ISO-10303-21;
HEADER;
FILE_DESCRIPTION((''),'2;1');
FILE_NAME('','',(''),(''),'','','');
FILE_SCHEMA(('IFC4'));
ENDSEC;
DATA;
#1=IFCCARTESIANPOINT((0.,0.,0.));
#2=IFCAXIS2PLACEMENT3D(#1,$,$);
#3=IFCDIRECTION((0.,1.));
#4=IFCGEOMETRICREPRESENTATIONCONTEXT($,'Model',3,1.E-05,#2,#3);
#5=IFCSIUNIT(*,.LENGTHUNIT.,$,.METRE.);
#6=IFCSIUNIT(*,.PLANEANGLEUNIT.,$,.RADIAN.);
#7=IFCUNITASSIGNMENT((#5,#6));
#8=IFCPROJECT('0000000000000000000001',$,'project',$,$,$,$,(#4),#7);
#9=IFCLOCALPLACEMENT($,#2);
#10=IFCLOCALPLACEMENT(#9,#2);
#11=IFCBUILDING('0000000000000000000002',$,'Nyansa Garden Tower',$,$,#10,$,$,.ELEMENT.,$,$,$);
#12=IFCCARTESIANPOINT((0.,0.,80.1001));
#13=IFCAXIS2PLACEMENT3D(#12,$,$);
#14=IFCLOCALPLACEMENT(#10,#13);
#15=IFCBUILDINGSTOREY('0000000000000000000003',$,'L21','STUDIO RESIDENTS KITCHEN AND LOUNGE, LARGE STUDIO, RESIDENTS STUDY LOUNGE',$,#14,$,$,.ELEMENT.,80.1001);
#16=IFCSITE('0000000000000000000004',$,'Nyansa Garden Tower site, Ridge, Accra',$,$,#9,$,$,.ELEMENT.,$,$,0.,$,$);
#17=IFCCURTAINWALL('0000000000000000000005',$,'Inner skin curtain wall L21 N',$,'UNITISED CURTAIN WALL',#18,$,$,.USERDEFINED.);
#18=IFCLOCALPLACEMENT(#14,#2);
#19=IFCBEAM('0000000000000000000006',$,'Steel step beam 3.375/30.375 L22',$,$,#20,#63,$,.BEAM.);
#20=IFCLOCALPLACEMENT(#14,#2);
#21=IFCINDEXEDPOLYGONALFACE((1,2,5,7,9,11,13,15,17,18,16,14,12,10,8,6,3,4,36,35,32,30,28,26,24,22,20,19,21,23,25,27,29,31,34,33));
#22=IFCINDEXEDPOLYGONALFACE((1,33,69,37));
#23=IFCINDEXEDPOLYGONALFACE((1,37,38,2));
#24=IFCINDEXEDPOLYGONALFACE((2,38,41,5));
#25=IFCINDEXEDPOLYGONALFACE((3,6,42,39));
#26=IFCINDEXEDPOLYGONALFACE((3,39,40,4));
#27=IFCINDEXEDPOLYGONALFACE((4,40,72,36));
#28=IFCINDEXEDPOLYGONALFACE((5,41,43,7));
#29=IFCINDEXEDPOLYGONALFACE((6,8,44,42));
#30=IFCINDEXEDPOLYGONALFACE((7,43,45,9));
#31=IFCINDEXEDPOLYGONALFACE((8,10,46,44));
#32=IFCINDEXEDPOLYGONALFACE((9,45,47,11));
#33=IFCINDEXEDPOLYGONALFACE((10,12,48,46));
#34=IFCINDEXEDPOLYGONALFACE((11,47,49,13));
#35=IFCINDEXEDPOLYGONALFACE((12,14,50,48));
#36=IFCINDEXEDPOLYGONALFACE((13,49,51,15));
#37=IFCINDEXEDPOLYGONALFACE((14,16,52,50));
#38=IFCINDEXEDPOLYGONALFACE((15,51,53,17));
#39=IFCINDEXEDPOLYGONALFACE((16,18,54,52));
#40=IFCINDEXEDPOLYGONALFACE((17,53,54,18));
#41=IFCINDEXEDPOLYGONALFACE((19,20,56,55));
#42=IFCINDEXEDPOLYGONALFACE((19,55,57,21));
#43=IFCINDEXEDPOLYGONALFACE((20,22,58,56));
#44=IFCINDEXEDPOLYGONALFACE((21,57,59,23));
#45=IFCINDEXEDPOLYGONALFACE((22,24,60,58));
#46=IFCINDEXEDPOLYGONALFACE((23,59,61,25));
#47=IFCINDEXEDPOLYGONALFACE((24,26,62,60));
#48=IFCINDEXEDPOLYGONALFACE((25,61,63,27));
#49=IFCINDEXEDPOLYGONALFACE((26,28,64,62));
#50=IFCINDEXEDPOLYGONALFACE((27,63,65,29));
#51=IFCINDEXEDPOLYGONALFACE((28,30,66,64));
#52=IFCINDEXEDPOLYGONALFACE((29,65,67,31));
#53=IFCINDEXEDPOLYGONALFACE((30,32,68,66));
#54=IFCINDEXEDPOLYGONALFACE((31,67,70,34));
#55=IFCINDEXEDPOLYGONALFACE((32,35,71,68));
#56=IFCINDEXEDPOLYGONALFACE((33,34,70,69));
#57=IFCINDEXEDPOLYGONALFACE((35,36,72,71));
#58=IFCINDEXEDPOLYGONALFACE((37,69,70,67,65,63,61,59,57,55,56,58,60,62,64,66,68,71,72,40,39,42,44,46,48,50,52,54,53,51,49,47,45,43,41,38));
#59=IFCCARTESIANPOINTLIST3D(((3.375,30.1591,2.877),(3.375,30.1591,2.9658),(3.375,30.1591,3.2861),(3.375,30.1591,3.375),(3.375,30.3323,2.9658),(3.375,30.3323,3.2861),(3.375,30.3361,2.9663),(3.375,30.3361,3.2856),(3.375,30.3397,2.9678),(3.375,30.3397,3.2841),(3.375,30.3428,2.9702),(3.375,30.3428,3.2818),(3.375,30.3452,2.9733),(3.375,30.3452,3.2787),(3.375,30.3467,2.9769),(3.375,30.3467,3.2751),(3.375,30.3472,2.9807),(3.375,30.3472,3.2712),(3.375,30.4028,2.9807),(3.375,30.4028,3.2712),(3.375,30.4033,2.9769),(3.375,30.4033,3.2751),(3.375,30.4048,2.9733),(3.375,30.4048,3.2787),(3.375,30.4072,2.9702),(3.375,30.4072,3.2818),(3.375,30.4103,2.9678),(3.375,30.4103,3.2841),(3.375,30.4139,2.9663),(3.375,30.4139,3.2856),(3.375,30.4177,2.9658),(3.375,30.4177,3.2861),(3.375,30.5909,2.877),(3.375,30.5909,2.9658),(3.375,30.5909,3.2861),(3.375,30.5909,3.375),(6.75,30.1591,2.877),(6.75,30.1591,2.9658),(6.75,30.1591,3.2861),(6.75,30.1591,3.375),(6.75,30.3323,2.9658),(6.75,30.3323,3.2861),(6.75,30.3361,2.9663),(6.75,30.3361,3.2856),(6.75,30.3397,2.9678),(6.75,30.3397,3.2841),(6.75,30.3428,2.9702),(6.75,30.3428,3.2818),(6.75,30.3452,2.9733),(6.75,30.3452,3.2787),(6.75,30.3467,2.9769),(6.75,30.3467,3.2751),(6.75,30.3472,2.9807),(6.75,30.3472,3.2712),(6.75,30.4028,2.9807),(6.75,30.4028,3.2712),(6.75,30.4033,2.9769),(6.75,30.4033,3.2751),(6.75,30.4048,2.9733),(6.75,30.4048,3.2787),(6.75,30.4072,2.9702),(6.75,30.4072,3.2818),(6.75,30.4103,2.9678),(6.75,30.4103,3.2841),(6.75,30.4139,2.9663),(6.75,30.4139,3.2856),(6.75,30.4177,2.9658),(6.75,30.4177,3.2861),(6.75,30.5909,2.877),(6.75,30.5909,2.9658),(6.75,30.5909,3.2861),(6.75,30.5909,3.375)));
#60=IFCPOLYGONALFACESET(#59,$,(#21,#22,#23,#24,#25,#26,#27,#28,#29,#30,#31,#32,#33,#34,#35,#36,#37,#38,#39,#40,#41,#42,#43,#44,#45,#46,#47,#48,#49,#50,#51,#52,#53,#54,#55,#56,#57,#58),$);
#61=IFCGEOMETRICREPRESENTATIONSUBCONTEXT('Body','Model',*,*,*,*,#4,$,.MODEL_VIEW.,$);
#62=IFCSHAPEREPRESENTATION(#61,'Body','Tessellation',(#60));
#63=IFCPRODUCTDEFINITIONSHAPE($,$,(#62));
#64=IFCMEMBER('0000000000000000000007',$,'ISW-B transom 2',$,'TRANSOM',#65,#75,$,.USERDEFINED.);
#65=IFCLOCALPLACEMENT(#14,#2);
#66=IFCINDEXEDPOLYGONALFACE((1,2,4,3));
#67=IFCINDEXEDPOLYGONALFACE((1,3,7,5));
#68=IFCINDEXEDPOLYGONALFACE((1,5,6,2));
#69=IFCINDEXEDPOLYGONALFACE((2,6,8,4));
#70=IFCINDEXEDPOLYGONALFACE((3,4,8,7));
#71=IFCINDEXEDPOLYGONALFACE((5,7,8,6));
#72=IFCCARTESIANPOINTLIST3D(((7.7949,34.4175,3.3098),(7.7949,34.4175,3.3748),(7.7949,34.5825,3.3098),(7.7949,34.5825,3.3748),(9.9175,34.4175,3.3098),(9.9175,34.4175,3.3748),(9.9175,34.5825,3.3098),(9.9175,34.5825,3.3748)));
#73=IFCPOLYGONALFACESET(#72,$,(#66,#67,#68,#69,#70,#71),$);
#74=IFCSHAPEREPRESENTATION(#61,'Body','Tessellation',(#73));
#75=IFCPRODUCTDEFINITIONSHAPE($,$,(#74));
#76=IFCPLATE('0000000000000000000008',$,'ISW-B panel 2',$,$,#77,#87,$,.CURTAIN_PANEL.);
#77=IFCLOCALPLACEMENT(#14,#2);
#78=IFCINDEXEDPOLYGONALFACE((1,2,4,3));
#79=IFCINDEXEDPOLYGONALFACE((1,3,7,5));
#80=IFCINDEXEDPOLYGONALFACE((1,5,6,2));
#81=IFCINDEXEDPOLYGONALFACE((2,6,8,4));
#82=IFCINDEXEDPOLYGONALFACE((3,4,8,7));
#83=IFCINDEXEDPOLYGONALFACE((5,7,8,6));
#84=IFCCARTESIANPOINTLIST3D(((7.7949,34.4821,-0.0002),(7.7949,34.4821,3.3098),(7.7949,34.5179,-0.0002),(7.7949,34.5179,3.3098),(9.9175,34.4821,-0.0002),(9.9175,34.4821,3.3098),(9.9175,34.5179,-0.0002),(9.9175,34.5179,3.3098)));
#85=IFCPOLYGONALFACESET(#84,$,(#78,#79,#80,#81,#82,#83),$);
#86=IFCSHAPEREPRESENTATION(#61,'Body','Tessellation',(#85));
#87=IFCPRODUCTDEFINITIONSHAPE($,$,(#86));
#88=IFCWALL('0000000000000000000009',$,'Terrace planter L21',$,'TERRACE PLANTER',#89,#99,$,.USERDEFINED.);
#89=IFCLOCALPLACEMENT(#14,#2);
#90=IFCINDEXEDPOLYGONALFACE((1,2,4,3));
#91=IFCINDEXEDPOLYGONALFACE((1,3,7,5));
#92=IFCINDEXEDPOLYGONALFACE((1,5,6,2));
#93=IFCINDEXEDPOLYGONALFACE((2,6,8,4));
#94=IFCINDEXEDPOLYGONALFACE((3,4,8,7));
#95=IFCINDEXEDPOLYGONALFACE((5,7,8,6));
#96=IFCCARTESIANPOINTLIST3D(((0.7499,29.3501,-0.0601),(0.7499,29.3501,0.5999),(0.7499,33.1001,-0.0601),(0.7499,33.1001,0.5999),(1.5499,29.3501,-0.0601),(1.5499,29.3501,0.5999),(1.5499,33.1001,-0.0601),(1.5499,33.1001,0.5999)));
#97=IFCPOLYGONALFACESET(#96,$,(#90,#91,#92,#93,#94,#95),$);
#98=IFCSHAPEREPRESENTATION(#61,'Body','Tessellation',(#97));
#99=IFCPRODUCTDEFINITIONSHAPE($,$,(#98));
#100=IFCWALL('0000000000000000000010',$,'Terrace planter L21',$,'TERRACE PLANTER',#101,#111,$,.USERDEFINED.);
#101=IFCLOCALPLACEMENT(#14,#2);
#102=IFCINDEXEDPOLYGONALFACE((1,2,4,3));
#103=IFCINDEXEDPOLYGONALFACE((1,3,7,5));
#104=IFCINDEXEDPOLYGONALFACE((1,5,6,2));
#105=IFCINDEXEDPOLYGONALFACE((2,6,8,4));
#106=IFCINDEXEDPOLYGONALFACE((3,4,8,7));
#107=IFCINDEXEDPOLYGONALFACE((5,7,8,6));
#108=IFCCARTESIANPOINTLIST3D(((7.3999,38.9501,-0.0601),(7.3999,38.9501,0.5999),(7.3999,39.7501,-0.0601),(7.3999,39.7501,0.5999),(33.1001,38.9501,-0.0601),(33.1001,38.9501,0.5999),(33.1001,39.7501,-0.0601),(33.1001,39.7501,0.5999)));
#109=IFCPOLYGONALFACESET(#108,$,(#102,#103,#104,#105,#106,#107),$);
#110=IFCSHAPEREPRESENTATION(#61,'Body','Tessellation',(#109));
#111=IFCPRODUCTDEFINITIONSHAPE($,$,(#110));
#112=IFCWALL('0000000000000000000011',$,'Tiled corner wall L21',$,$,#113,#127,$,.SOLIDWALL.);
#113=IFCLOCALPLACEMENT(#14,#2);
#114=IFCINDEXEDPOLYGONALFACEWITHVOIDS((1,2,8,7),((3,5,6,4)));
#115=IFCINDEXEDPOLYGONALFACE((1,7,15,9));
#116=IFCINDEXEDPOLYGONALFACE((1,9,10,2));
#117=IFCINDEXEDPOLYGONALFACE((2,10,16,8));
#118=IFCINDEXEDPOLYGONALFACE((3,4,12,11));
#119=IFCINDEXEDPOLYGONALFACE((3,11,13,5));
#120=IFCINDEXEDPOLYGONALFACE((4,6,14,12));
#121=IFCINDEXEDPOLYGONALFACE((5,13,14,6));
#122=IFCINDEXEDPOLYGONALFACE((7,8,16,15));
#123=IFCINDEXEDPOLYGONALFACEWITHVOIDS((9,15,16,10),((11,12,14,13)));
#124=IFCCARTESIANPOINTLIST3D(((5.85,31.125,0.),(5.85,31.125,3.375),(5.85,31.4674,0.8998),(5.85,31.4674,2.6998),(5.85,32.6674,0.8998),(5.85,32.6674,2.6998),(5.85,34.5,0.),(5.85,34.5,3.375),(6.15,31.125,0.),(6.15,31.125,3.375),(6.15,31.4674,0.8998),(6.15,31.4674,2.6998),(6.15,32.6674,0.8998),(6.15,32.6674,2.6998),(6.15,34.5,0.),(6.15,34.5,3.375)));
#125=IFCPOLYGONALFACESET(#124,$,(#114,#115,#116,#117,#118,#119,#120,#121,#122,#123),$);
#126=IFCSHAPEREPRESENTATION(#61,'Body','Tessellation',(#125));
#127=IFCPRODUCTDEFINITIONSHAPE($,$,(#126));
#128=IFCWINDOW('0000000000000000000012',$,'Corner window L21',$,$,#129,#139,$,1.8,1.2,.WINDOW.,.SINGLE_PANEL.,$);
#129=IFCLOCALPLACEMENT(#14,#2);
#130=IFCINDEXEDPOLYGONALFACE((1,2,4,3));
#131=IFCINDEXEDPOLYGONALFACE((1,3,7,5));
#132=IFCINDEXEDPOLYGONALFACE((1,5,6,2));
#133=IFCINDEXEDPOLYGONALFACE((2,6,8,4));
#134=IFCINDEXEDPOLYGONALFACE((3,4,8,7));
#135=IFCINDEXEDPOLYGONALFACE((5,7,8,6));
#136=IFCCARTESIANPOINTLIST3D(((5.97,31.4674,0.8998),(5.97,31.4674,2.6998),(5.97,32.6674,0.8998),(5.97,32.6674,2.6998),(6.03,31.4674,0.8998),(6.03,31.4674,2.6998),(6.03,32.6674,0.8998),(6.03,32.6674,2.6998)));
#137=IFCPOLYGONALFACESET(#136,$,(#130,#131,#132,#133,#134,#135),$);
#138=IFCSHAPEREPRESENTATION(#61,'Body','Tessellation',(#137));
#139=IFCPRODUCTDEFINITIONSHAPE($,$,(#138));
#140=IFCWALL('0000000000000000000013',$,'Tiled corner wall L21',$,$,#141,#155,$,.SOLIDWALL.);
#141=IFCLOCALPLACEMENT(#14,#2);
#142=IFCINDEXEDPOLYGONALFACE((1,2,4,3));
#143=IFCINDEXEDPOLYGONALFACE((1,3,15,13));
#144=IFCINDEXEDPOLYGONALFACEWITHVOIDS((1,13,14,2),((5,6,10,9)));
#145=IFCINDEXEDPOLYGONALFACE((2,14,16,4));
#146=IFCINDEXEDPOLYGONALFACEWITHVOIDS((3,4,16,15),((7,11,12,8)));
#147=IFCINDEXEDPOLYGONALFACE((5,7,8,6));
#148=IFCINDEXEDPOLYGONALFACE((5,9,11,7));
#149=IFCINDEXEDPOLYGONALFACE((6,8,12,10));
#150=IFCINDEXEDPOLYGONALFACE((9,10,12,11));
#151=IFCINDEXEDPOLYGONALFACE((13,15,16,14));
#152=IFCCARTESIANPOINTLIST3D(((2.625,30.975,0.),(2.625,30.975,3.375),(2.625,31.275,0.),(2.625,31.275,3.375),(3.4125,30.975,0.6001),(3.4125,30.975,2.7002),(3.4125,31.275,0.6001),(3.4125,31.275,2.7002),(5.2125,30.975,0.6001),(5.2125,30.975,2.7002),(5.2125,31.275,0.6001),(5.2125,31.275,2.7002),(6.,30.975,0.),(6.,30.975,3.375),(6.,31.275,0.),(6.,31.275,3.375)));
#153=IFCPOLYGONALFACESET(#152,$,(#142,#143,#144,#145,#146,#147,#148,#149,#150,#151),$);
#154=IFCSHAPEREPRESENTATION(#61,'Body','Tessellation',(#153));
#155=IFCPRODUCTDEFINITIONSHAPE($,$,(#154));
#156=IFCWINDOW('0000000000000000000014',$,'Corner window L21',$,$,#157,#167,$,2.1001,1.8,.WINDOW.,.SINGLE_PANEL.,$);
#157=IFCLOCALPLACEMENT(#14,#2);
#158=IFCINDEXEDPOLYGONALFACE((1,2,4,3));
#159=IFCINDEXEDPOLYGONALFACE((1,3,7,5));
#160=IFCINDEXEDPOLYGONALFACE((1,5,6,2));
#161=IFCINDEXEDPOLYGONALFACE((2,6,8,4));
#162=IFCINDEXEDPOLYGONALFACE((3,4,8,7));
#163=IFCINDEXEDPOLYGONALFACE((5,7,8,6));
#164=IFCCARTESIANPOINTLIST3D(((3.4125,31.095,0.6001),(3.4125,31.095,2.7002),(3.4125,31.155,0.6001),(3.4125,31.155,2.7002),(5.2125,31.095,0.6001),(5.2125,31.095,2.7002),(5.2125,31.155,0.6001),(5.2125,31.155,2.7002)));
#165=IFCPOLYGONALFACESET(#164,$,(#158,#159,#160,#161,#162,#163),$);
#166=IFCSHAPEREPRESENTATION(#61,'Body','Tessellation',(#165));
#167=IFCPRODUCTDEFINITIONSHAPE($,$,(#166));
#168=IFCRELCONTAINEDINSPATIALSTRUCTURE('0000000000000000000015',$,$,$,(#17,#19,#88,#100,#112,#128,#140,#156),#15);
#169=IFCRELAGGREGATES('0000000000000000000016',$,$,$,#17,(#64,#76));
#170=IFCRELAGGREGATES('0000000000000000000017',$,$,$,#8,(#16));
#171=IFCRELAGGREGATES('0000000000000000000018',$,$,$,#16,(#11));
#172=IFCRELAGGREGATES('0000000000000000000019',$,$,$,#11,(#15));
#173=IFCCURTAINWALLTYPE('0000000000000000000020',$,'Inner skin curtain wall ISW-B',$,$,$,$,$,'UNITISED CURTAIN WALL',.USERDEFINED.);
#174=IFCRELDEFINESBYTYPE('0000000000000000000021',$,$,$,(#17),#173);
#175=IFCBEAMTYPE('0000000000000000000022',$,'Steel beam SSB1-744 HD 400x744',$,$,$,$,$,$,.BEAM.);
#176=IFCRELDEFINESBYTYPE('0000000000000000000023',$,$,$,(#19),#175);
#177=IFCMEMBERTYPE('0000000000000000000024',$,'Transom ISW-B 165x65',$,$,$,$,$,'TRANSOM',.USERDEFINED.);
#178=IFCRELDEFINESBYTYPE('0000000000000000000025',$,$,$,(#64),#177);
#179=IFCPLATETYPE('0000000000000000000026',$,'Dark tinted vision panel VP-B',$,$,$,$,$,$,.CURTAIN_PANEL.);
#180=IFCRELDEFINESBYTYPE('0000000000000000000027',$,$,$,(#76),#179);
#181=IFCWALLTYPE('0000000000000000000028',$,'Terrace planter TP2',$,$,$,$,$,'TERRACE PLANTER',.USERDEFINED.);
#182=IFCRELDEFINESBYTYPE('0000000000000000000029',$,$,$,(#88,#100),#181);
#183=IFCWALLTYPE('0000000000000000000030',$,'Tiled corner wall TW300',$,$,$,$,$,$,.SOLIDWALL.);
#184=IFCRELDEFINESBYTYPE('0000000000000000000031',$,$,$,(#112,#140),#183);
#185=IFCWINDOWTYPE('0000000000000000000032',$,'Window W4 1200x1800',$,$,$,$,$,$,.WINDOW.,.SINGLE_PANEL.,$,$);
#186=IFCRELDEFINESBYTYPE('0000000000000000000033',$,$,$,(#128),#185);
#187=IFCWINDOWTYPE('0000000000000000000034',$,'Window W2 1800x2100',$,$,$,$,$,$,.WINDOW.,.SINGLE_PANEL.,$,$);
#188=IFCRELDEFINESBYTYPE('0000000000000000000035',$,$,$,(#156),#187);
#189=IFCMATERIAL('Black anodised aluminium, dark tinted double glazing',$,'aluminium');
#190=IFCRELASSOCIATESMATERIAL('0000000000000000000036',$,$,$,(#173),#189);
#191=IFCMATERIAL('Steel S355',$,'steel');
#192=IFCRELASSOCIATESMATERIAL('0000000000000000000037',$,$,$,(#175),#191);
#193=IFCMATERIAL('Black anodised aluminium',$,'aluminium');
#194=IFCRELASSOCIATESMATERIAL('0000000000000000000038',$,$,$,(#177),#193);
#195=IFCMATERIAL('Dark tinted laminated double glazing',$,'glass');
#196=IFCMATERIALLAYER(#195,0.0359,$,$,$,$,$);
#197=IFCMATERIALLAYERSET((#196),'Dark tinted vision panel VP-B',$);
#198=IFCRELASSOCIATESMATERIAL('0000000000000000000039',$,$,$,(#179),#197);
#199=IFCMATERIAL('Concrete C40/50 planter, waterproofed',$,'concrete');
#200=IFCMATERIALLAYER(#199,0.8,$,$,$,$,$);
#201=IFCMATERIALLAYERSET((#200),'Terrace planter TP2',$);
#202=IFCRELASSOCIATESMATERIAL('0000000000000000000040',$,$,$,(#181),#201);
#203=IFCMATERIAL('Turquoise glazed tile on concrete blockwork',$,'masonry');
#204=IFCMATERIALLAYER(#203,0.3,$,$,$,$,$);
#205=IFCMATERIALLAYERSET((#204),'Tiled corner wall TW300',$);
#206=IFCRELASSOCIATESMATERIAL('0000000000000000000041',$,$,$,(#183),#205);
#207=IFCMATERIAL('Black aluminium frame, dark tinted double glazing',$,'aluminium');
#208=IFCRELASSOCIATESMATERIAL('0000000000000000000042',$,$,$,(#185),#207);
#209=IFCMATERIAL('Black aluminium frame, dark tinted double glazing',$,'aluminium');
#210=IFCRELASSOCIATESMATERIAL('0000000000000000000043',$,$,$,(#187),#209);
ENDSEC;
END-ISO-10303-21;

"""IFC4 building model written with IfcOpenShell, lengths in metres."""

from ifc_helpers import new_model, si_unit, direction, frame, frame_2d, origin, origin_2d, place, context, subcontext, project, spatial, rectangle, i_section, extrude, material, layer, layer_set, material_profile, profile_set, type_object, element, fill, aggregate, save


model = new_model("IFC4")

# Units and contexts
model_context = context("Model", 3, precision=1e-05, world=origin(), true_north=direction((0.0, 1.0)))
body_context = subcontext(model_context, "Body", "Model", "MODEL_VIEW")
ifc_project = project(units=[si_unit("LENGTHUNIT", "METRE"), si_unit("PLANEANGLEUNIT", "RADIAN")], contexts=[model_context])

# Site, building, storey
site_placement = place(None, origin())
site = spatial("IfcSite", under=ifc_project, at=site_placement, Name="Nyansa Garden Tower site, Ridge, Accra", CompositionType="ELEMENT", RefElevation=0.0)
building_placement = place(site_placement, origin())
building = spatial("IfcBuilding", under=site, at=building_placement, Name="Nyansa Garden Tower", CompositionType="ELEMENT")
storey_placement = place(building_placement, frame((0.0, 0.0, 80.1001)))
storey = spatial("IfcBuildingStorey", under=building, at=storey_placement, Name="L21", Description="STUDIO RESIDENTS KITCHEN AND LOUNGE, LARGE STUDIO, RESIDENTS STUDY LOUNGE", CompositionType="ELEMENT", Elevation=80.1001)

# Curtain wall
ifc_material_1 = material(Name="Black anodised aluminium, dark tinted double glazing", Category="aluminium")
curtain_wall_type = type_object("IfcCurtainWallType", Name="Inner skin curtain wall ISW-B", ElementType="UNITISED CURTAIN WALL", PredefinedType="USERDEFINED", material=ifc_material_1)
curtain_wall_placement = place(storey_placement, origin())
curtain_wall = element("IfcCurtainWall", 1, at=curtain_wall_placement, inside=storey, type_object=curtain_wall_type, Name="Inner skin curtain wall L21 N", ObjectType="UNITISED CURTAIN WALL", PredefinedType="USERDEFINED")

# Beam
ifc_material_2 = material(Name="Steel S355", Category="steel")
ifc_material_profile_1 = material_profile(ifc_material_2, i_section(OverallWidth=0.4319, OverallDepth=0.498, WebThickness=0.0557, FlangeThickness=0.0889, FilletRadius=0.0149, at=origin_2d()), Name="HD 400x744")
ifc_profile_set_1 = profile_set([ifc_material_profile_1], Name="Steel S355")
beam_type_1 = type_object("IfcBeamType", Name="Steel beam SSB1-744 HD 400x744", PredefinedType="BEAM", material=ifc_profile_set_1)
for number, where, z_axis, x_axis, name in (
    (2, (3.375, 30.375, 3.126), (1.0, 0.0, 0.0), (0.0, 1.0, 0.0), "Steel step beam 3.375/30.375 L22"),
):
    element("IfcBeam", number, at=place(storey_placement, frame(where, z_axis=z_axis, x_axis=x_axis)), inside=storey, type_object=beam_type_1, Name=name, PredefinedType="BEAM", context=body_context, shape_type="SweptSolid", body=[
        extrude(i_section(OverallWidth=0.4319, OverallDepth=0.498, WebThickness=0.0557, FlangeThickness=0.0889, FilletRadius=0.0149, at=origin_2d()), origin(), (0.0, 0.0, 1.0), 3.375),
    ])

# Member
ifc_material_3 = material(Name="Black anodised aluminium", Category="aluminium")
ifc_material_profile_2 = material_profile(ifc_material_3, rectangle(XDim=0.165, YDim=0.0649, at=origin_2d()), Name="Transom 165x65")
ifc_profile_set_2 = profile_set([ifc_material_profile_2], Name="Black anodised aluminium")
member_type_1 = type_object("IfcMemberType", Name="Transom ISW-B 165x65", ElementType="TRANSOM", PredefinedType="USERDEFINED", material=ifc_profile_set_2)
member_1_placement = place(storey_placement, frame((9.9175, 34.5, 3.3423), z_axis=(-1.0, 0.0, 0.0), x_axis=(0.0, -1.0, 0.0)))
member_1 = element("IfcMember", 3, at=member_1_placement, type_object=member_type_1, Name="ISW-B transom 2", ObjectType="TRANSOM", PredefinedType="USERDEFINED", context=body_context, shape_type="SweptSolid", body=[
    extrude(rectangle(XDim=0.165, YDim=0.0649, at=origin_2d()), origin(), (0.0, 0.0, 1.0), 2.1226),
])

# Plate
ifc_material_4 = material(Name="Dark tinted laminated double glazing", Category="glass")
ifc_layer_1 = layer(ifc_material_4, 0.0359)
ifc_layer_set_1 = layer_set([ifc_layer_1], Name="Dark tinted vision panel VP-B")
plate_type = type_object("IfcPlateType", Name="Dark tinted vision panel VP-B", PredefinedType="CURTAIN_PANEL", material=ifc_layer_set_1)
plate_placement = place(storey_placement, frame((8.8562, 34.5, -0.0002), z_axis=(0.0, 0.0, 1.0), x_axis=(-1.0, 0.0, 0.0)))
plate = element("IfcPlate", 4, at=plate_placement, type_object=plate_type, Name="ISW-B panel 2", PredefinedType="CURTAIN_PANEL", context=body_context, shape_type="SweptSolid", body=[
    extrude(rectangle(XDim=2.1226, YDim=0.0359, at=origin_2d()), origin(), (0.0, 0.0, 1.0), 3.3101),
])
aggregate(curtain_wall, [member_1, plate])

# Walls
ifc_material_5 = material(Name="Concrete C40/50 planter, waterproofed", Category="concrete")
ifc_layer_2 = layer(ifc_material_5, 0.8)
ifc_layer_set_2 = layer_set([ifc_layer_2], Name="Terrace planter TP2")
wall_type_1 = type_object("IfcWallType", Name="Terrace planter TP2", ElementType="TERRACE PLANTER", PredefinedType="USERDEFINED", material=ifc_layer_set_2)
wall_1_placement = place(storey_placement, frame((1.1499, 29.3501, -0.0601), z_axis=(0.0, 0.0, 1.0), x_axis=(0.0, 1.0, 0.0)))
element("IfcWall", 5, at=wall_1_placement, inside=storey, type_object=wall_type_1, Name="Terrace planter L21", ObjectType="TERRACE PLANTER", PredefinedType="USERDEFINED", context=body_context, shape_type="SweptSolid", body=[
    extrude(rectangle(XDim=3.75, YDim=0.8, at=frame_2d((1.875, 0.0))), origin(), (0.0, 0.0, 1.0), 0.6599),
])
wall_2_placement = place(storey_placement, frame((7.3999, 39.3501, -0.0601), z_axis=(0.0, 0.0, 1.0), x_axis=(1.0, 0.0, 0.0)))
element("IfcWall", 6, at=wall_2_placement, inside=storey, type_object=wall_type_1, Name="Terrace planter L21", ObjectType="TERRACE PLANTER", PredefinedType="USERDEFINED", context=body_context, shape_type="SweptSolid", body=[
    extrude(rectangle(XDim=25.7002, YDim=0.8, at=frame_2d((12.8501, 0.0))), origin(), (0.0, 0.0, 1.0), 0.6599),
])

# Walls, openings, windows
ifc_material_6 = material(Name="Turquoise glazed tile on concrete blockwork", Category="masonry")
ifc_layer_3 = layer(ifc_material_6, 0.3)
ifc_layer_set_3 = layer_set([ifc_layer_3], Name="Tiled corner wall TW300")
wall_type_2 = type_object("IfcWallType", Name="Tiled corner wall TW300", PredefinedType="SOLIDWALL", material=ifc_layer_set_3)
wall_3_placement = place(storey_placement, frame((6.0, 34.5, 0.0), z_axis=(0.0, 0.0, 1.0), x_axis=(0.0, -1.0, 0.0)))
wall_3 = element("IfcWall", 7, at=wall_3_placement, inside=storey, type_object=wall_type_2, Name="Tiled corner wall L21", PredefinedType="SOLIDWALL", context=body_context, shape_type="SweptSolid", body=[
    extrude(rectangle(XDim=3.375, YDim=0.3, at=frame_2d((1.6875, 0.0))), origin(), (0.0, 0.0, 1.0), 3.375),
])
opening_1_placement = place(wall_3_placement, frame((1.8325, 0.0, 0.8999)))
opening_1 = element("IfcOpeningElement", 8, at=opening_1_placement, cuts=wall_3, PredefinedType="OPENING", context=body_context, shape_type="SweptSolid", body=[
    extrude(rectangle(XDim=1.2, YDim=1.8, at=frame_2d((0.6001, 0.8999))), frame((0.0, 0.1599, 0.0), z_axis=(0.0, -1.0, 0.0), x_axis=(1.0, 0.0, 0.0)), (0.0, 0.0, 1.0), 0.3201),
])
ifc_material_7 = material(Name="Black aluminium frame, dark tinted double glazing", Category="aluminium")
window_type_1 = type_object("IfcWindowType", Name="Window W4 1200x1800", PartitioningType="SINGLE_PANEL", PredefinedType="WINDOW", material=ifc_material_7)
window_1_placement = place(opening_1_placement, origin())
window_1 = element("IfcWindow", 9, at=window_1_placement, inside=storey, type_object=window_type_1, Name="Corner window L21", OverallHeight=1.8, OverallWidth=1.2, PartitioningType="SINGLE_PANEL", PredefinedType="WINDOW", context=body_context, shape_type="SweptSolid", body=[
    extrude(rectangle(XDim=1.2, YDim=1.8, at=frame_2d((0.6001, 0.8999))), frame((0.0, 0.03, 0.0), z_axis=(0.0, -1.0, 0.0), x_axis=(1.0, 0.0, 0.0)), (0.0, 0.0, 1.0), 0.0601),
])
fill(opening_1, window_1)
wall_4_placement = place(storey_placement, frame((6.0, 31.125, 0.0), z_axis=(0.0, 0.0, 1.0), x_axis=(-1.0, 0.0, 0.0)))
wall_4 = element("IfcWall", 10, at=wall_4_placement, inside=storey, type_object=wall_type_2, Name="Tiled corner wall L21", PredefinedType="SOLIDWALL", context=body_context, shape_type="SweptSolid", body=[
    extrude(rectangle(XDim=3.375, YDim=0.3, at=frame_2d((1.6875, 0.0))), origin(), (0.0, 0.0, 1.0), 3.375),
])
opening_2_placement = place(wall_4_placement, frame((0.7876, 0.0, 0.6001)))
opening_2 = element("IfcOpeningElement", 11, at=opening_2_placement, cuts=wall_4, PredefinedType="OPENING", context=body_context, shape_type="SweptSolid", body=[
    extrude(rectangle(XDim=1.8, YDim=2.1001, at=frame_2d((0.8999, 1.05))), frame((0.0, 0.1599, 0.0), z_axis=(0.0, -1.0, 0.0), x_axis=(1.0, 0.0, 0.0)), (0.0, 0.0, 1.0), 0.3201),
])
ifc_material_8 = material(Name="Black aluminium frame, dark tinted double glazing", Category="aluminium")
window_type_2 = type_object("IfcWindowType", Name="Window W2 1800x2100", PartitioningType="SINGLE_PANEL", PredefinedType="WINDOW", material=ifc_material_8)
window_2_placement = place(opening_2_placement, origin())
window_2 = element("IfcWindow", 12, at=window_2_placement, inside=storey, type_object=window_type_2, Name="Corner window L21", OverallHeight=2.1001, OverallWidth=1.8, PartitioningType="SINGLE_PANEL", PredefinedType="WINDOW", context=body_context, shape_type="SweptSolid", body=[
    extrude(rectangle(XDim=1.8, YDim=2.1001, at=frame_2d((0.8999, 1.05))), frame((0.0, 0.03, 0.0), z_axis=(0.0, -1.0, 0.0), x_axis=(1.0, 0.0, 0.0)), (0.0, 0.0, 1.0), 0.0601),
])
fill(opening_2, window_2)

save(model, "model.ifc")
